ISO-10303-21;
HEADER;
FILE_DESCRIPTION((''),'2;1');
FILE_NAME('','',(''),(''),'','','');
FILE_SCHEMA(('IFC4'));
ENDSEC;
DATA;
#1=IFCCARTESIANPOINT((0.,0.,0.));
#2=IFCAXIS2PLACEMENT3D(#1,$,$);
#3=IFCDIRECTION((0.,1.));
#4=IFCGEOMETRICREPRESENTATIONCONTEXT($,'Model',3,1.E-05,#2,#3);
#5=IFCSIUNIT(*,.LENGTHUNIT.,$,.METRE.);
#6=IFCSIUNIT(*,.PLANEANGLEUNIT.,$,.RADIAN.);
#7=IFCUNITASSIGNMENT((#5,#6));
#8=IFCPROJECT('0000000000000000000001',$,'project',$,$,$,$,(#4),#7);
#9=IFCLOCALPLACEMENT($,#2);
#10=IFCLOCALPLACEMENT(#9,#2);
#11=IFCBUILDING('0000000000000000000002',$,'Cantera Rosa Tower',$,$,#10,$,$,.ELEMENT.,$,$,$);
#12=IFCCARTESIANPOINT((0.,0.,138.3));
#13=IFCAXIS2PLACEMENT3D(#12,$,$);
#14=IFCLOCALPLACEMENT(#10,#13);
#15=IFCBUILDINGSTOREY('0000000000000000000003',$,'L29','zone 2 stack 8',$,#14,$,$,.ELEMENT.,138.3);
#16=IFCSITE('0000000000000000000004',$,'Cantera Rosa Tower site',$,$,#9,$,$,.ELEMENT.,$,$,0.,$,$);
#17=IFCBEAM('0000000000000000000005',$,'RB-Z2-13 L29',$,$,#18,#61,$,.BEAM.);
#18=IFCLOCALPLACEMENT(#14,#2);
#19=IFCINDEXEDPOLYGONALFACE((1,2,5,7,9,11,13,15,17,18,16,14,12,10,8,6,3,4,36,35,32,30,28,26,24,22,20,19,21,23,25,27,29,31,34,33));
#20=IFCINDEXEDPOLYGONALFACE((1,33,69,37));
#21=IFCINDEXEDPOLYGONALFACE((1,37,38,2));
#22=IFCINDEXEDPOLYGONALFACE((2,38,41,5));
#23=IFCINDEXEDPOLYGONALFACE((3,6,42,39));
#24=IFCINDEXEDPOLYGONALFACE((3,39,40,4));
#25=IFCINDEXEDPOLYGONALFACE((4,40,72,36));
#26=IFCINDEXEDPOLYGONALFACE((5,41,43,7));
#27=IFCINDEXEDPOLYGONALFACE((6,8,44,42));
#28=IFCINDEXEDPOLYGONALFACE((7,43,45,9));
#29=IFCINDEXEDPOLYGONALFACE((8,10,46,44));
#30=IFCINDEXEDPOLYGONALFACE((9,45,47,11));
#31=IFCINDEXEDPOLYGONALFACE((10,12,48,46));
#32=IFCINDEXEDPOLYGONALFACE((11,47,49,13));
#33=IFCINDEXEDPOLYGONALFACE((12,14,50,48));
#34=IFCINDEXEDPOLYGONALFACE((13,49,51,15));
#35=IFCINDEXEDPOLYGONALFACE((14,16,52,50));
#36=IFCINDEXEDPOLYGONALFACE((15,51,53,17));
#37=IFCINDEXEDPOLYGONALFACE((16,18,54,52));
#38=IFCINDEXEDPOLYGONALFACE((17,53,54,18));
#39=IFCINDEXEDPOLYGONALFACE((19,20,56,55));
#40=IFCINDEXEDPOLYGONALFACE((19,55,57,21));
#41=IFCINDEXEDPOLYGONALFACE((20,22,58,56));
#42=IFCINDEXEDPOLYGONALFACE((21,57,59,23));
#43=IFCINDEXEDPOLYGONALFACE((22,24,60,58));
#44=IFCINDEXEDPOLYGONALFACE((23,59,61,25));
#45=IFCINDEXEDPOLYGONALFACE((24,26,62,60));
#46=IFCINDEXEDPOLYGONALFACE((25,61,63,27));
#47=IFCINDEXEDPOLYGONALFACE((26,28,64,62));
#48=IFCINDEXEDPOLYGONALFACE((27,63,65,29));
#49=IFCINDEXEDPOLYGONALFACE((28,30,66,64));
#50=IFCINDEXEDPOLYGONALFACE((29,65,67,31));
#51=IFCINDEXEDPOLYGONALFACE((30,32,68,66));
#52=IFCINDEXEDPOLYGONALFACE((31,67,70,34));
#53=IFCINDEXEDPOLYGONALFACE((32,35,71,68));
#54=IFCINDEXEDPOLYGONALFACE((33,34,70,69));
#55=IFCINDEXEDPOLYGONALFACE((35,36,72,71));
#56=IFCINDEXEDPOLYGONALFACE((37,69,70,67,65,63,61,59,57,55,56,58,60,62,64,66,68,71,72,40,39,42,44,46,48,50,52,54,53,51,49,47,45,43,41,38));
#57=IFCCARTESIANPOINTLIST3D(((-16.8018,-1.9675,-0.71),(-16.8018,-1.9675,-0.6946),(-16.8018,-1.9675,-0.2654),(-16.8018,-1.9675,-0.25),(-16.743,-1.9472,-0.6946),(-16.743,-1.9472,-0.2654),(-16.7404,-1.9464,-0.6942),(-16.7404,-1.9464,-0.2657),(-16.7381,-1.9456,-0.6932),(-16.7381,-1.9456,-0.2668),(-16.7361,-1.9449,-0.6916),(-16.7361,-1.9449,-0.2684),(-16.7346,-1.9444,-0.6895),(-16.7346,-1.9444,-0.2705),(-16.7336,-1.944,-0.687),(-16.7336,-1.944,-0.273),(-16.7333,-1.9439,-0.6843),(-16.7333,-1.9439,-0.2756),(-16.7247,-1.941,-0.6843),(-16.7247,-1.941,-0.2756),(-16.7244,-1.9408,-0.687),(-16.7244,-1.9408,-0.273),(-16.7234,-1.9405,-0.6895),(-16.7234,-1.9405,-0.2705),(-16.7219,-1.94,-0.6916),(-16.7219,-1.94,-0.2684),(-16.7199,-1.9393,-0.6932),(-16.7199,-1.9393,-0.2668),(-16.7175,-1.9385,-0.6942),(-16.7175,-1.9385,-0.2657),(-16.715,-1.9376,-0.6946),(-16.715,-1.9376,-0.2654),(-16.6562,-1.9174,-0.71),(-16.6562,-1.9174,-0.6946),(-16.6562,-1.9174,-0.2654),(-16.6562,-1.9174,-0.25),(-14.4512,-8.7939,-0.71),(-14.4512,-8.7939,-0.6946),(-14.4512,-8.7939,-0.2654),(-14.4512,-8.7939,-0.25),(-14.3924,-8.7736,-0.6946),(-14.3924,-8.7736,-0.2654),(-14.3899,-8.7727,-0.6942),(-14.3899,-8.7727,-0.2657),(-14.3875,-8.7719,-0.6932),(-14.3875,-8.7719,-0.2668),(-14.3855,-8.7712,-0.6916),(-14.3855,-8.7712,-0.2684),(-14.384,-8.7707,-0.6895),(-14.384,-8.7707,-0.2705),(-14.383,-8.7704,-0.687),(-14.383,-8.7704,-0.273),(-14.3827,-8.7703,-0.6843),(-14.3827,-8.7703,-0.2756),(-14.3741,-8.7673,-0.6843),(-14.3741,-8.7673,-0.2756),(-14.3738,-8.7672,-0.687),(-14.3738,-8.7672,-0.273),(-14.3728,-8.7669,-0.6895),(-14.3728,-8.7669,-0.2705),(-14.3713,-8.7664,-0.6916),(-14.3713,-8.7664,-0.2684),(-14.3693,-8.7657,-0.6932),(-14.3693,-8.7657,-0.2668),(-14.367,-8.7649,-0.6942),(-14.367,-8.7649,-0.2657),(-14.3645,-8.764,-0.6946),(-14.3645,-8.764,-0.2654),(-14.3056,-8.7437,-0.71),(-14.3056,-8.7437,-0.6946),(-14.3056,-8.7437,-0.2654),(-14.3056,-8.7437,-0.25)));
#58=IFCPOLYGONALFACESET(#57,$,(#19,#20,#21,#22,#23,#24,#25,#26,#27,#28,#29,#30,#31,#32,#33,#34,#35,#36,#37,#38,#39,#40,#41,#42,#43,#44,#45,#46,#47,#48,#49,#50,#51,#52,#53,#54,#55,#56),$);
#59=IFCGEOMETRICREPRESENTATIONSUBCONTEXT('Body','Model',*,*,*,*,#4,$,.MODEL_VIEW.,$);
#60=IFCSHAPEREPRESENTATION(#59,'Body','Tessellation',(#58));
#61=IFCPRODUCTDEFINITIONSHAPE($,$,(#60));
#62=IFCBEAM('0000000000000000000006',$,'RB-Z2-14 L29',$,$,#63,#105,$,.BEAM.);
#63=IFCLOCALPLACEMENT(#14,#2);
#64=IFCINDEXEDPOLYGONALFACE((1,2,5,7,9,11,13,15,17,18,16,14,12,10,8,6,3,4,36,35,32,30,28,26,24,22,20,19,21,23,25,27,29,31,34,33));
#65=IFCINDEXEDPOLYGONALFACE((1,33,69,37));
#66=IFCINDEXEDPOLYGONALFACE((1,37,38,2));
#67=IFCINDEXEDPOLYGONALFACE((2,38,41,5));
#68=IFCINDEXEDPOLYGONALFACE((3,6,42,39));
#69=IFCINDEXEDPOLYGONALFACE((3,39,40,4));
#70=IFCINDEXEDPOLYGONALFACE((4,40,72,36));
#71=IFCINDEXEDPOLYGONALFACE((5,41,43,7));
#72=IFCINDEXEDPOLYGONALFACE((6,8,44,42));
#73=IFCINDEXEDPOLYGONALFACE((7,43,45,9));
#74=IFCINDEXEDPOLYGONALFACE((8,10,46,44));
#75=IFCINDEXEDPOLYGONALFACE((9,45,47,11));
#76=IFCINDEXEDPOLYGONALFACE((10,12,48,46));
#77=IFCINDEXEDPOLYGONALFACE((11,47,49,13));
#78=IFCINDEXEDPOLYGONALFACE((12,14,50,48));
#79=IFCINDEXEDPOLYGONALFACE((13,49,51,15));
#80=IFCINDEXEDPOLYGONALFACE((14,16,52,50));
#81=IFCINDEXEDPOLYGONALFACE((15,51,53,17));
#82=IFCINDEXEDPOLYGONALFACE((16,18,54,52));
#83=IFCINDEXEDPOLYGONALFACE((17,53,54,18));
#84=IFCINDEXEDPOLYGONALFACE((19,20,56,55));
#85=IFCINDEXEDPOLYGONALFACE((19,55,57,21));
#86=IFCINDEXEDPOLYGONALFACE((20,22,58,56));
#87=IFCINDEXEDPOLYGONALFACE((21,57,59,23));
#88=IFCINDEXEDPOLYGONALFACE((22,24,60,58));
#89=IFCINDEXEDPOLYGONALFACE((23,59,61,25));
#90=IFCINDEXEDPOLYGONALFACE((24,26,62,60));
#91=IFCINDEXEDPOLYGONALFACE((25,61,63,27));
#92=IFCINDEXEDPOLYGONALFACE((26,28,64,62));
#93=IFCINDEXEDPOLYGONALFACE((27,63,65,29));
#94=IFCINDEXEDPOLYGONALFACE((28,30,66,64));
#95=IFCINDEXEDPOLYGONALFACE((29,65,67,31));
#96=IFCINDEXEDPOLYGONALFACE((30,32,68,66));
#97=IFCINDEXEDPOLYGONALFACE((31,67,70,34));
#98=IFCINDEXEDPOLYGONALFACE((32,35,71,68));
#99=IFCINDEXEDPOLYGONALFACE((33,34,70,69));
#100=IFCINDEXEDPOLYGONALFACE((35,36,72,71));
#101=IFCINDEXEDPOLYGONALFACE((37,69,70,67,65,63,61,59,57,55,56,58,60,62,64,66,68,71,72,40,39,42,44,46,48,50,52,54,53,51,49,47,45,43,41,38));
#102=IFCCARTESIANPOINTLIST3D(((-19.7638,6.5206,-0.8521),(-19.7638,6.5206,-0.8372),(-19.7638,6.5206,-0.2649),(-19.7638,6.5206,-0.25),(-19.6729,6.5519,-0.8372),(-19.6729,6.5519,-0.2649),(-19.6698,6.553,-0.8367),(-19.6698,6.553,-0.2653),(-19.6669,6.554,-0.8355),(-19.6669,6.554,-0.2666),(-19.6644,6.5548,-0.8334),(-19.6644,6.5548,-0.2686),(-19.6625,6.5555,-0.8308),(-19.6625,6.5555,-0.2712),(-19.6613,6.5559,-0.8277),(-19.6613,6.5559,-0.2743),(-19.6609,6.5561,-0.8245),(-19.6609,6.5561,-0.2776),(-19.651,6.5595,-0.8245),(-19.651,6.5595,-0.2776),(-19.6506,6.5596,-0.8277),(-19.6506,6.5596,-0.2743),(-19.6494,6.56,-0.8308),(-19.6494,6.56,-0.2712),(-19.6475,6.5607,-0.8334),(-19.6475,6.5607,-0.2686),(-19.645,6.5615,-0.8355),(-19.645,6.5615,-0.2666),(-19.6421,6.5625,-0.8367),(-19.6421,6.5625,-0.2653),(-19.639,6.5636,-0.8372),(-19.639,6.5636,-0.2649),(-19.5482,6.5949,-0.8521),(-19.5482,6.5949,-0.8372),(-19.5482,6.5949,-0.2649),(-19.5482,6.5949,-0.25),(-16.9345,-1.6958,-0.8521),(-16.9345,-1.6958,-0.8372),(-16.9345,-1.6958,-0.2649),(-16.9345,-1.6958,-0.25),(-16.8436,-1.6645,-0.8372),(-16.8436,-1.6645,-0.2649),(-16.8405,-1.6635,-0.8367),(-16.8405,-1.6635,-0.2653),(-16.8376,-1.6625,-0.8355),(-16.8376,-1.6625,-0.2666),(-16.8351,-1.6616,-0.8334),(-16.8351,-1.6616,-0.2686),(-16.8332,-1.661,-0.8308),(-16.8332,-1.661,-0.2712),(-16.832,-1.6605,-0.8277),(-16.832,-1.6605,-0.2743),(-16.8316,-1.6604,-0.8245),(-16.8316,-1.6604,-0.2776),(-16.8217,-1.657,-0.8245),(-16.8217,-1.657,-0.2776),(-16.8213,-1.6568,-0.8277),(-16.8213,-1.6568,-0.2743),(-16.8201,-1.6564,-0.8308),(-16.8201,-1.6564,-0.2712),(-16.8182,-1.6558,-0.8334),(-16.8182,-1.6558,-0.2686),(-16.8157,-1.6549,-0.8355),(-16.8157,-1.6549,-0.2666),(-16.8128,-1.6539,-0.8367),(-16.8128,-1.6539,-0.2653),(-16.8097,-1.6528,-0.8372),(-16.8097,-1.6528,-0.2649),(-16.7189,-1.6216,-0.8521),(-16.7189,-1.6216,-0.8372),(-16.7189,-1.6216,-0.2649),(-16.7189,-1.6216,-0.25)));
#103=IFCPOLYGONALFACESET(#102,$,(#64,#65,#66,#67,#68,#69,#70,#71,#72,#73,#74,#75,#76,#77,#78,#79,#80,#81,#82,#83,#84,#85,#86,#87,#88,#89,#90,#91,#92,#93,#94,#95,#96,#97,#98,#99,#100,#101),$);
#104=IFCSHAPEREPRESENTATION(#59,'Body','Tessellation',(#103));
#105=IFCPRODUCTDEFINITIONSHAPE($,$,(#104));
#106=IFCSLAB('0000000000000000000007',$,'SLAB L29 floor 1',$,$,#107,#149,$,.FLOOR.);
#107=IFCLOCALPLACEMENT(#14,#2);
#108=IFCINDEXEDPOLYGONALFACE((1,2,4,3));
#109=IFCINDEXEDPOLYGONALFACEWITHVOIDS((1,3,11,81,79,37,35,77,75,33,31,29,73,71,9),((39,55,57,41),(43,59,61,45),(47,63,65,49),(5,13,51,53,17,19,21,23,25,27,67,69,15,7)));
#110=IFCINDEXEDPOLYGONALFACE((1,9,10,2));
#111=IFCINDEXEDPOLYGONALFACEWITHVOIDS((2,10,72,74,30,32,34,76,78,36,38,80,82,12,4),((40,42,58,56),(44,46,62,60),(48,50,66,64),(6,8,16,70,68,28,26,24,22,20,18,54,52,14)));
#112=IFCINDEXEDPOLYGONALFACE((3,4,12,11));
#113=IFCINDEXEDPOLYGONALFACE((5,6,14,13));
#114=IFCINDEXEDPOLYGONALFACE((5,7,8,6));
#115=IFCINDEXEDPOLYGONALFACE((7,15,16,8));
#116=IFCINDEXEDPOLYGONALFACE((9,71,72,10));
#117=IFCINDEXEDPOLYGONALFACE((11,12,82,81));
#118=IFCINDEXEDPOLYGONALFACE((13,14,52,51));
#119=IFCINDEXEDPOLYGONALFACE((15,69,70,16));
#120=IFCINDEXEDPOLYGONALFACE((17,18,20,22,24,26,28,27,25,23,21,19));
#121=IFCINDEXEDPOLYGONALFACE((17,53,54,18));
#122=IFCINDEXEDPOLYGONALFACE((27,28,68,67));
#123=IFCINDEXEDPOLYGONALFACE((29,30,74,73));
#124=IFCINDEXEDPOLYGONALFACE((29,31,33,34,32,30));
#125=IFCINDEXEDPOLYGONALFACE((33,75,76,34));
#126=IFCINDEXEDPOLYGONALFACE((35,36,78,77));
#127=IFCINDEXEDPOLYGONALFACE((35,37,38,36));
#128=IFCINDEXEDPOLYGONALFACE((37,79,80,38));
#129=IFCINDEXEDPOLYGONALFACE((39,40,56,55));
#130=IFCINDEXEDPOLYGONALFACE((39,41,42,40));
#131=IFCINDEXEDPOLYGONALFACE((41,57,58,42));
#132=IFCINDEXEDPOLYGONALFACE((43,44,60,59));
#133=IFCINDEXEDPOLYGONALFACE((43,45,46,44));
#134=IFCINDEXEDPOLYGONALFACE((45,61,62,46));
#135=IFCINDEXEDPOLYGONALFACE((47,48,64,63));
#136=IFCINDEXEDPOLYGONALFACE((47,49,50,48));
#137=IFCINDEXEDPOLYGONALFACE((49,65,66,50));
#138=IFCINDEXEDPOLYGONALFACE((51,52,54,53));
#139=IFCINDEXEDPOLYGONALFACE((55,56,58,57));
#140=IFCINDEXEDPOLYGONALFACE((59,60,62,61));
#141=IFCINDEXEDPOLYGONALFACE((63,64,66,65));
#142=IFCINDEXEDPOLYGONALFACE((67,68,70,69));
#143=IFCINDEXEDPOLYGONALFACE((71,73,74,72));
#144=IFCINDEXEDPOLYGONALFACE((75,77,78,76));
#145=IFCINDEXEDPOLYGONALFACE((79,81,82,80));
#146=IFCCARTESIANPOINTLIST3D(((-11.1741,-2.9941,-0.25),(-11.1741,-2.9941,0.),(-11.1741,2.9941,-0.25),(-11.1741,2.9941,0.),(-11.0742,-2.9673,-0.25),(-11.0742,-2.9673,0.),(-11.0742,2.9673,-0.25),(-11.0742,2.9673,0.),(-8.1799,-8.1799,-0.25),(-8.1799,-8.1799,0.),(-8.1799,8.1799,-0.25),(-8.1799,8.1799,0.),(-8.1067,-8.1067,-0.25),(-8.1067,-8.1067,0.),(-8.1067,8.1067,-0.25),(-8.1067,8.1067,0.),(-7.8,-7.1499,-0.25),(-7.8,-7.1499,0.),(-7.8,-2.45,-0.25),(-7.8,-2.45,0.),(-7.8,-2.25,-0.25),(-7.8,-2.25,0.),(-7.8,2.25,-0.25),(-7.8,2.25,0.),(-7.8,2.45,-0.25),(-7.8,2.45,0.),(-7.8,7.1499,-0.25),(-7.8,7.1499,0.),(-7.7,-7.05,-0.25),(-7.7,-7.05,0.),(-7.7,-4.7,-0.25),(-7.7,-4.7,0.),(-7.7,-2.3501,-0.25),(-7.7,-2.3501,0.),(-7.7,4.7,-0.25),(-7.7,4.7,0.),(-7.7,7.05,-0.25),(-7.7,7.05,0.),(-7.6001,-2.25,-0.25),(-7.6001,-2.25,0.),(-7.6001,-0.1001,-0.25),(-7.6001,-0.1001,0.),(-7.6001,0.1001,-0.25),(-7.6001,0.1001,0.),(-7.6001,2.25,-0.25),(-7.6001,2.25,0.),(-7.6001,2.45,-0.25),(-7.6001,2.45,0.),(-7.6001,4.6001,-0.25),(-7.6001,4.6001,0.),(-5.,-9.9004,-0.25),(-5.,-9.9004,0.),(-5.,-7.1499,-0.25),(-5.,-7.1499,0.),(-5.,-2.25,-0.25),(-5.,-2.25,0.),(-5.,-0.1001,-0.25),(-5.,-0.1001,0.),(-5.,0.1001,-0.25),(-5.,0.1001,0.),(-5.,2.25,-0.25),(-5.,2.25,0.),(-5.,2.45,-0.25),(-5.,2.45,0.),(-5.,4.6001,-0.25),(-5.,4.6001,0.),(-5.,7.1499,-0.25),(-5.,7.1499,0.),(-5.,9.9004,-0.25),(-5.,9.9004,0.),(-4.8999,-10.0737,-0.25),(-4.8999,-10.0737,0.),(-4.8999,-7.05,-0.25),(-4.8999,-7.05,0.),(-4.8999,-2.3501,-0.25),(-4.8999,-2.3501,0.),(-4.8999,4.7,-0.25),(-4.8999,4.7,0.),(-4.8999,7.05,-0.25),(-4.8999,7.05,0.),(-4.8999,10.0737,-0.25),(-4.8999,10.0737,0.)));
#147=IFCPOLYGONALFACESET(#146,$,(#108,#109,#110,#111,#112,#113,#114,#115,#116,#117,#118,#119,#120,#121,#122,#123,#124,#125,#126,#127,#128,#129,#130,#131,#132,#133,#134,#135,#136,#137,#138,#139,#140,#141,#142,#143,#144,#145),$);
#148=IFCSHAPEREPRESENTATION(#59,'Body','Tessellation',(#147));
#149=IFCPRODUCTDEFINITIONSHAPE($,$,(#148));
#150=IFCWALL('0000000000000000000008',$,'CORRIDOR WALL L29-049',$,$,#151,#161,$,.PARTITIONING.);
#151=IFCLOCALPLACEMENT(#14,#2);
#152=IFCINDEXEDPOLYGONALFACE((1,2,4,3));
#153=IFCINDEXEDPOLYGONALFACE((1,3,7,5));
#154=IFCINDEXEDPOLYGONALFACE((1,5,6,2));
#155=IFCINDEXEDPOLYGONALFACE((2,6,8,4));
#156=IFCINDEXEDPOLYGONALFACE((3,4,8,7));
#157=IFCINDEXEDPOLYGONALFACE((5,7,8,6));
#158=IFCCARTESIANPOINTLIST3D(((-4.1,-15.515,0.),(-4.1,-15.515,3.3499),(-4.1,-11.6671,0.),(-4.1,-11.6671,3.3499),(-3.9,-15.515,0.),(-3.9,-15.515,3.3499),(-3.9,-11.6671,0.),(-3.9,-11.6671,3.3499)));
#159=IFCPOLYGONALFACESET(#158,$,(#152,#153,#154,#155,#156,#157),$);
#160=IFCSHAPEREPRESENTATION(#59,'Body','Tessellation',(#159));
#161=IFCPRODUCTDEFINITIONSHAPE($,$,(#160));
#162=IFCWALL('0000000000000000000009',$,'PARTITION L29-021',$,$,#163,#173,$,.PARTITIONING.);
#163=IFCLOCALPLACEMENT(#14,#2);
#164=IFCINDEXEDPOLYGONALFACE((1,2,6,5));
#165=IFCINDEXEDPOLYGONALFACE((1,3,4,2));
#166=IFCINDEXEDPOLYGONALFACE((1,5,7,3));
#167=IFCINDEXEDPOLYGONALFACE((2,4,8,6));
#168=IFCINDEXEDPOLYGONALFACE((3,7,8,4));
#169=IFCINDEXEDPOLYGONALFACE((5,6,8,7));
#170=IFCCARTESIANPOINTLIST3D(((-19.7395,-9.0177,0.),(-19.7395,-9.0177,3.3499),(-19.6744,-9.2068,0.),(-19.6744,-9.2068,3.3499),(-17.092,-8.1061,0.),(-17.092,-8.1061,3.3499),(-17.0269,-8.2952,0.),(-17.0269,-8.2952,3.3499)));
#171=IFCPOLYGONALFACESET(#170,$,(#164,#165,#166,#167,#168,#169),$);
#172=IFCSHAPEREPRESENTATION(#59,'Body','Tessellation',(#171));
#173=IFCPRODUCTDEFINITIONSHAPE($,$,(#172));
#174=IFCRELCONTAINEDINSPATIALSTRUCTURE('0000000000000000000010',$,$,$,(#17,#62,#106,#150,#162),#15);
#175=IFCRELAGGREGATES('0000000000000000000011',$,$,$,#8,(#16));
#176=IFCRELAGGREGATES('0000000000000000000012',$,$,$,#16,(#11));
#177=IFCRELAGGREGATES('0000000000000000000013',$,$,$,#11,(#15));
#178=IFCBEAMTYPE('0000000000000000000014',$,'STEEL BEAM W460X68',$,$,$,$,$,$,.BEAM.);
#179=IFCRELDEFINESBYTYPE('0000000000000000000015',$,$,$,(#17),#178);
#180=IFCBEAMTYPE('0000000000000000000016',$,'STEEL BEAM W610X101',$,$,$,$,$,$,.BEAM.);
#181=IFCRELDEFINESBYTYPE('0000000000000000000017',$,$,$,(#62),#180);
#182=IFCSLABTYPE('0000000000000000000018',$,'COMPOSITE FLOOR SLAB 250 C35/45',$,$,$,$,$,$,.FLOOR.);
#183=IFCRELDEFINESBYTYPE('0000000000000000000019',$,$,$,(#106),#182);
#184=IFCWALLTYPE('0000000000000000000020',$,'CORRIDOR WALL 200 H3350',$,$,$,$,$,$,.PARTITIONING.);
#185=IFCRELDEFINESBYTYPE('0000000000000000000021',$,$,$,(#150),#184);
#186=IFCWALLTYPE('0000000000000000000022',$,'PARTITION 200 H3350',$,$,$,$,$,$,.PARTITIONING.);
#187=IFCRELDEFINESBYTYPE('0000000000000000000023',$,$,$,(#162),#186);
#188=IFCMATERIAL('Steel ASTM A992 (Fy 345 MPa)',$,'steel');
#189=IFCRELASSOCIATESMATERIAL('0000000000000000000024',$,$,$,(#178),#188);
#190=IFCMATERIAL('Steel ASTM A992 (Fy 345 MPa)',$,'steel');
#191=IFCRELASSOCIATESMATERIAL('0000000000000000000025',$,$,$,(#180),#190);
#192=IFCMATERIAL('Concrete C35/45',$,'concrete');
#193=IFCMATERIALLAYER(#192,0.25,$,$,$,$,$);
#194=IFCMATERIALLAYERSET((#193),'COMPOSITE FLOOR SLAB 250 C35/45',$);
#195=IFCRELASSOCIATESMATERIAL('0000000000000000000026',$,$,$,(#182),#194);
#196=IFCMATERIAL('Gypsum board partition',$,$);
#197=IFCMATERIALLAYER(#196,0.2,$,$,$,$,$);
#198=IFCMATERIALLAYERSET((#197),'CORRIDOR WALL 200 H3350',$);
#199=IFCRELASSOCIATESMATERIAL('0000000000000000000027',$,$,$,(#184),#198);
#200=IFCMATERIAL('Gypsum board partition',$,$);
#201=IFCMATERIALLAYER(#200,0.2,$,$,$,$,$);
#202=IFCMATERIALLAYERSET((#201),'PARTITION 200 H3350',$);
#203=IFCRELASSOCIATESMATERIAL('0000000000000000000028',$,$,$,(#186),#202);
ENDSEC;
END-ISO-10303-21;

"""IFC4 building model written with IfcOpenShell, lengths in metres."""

from ifc_helpers import new_model, si_unit, direction, frame, frame_2d, origin, origin_2d, place, context, subcontext, project, spatial, polyline, rectangle, i_section, outline, extrude, material, layer, layer_set, material_profile, profile_set, type_object, element, save


model = new_model("IFC4")

# Units and contexts
model_context = context("Model", 3, precision=1e-05, world=origin(), true_north=direction((0.0, 1.0)))
body_context = subcontext(model_context, "Body", "Model", "MODEL_VIEW")
ifc_project = project(units=[si_unit("LENGTHUNIT", "METRE"), si_unit("PLANEANGLEUNIT", "RADIAN")], contexts=[model_context])

# Site, building, storey
site_placement = place(None, origin())
site = spatial("IfcSite", under=ifc_project, at=site_placement, Name="Cantera Rosa Tower site", CompositionType="ELEMENT", RefElevation=0.0)
building_placement = place(site_placement, origin())
building = spatial("IfcBuilding", under=site, at=building_placement, Name="Cantera Rosa Tower", CompositionType="ELEMENT")
storey_placement = place(building_placement, frame((0.0, 0.0, 138.3)))
storey = spatial("IfcBuildingStorey", under=building, at=storey_placement, Name="L29", Description="zone 2 stack 8", CompositionType="ELEMENT", Elevation=138.3)

# Beams
ifc_material_1 = material(Name="Steel ASTM A992 (Fy 345 MPa)", Category="steel")
ifc_material_profile_1 = material_profile(ifc_material_1, i_section(OverallWidth=0.1541, OverallDepth=0.46, WebThickness=0.009, FlangeThickness=0.0154, FilletRadius=0.0103, at=origin_2d()), Name="W460X68")
ifc_profile_set_1 = profile_set([ifc_material_profile_1], Name="Steel ASTM A992 (Fy 345 MPa)")
beam_type_1 = type_object("IfcBeamType", Name="STEEL BEAM W460X68", PredefinedType="BEAM", material=ifc_profile_set_1)
beam_1_placement = place(storey_placement, frame((-14.3784, -8.7688, -0.48), z_axis=(-0.325576, 0.945516, 0.0), x_axis=(-0.945516, -0.325576, 0.0)))
element("IfcBeam", 1, at=beam_1_placement, inside=storey, type_object=beam_type_1, Name="RB-Z2-13 L29", PredefinedType="BEAM", context=body_context, shape_type="SweptSolid", body=[
    extrude(i_section(OverallWidth=0.1541, OverallDepth=0.46, WebThickness=0.009, FlangeThickness=0.0154, FilletRadius=0.0103, at=origin_2d()), origin(), (0.0, 0.0, 1.0), 7.2197),
])
ifc_material_2 = material(Name="Steel ASTM A992 (Fy 345 MPa)", Category="steel")
ifc_material_profile_2 = material_profile(ifc_material_2, i_section(OverallWidth=0.228, OverallDepth=0.6021, WebThickness=0.0105, FlangeThickness=0.0149, FilletRadius=0.0127, at=origin_2d()), Name="W610X101")
ifc_profile_set_2 = profile_set([ifc_material_profile_2], Name="Steel ASTM A992 (Fy 345 MPa)")
beam_type_2 = type_object("IfcBeamType", Name="STEEL BEAM W610X101", PredefinedType="BEAM", material=ifc_profile_set_2)
beam_2_placement = place(storey_placement, frame((-16.8267, -1.6587, -0.551), z_axis=(-0.325585, 0.945513, 0.0), x_axis=(-0.945513, -0.325585, 0.0)))
element("IfcBeam", 2, at=beam_2_placement, inside=storey, type_object=beam_type_2, Name="RB-Z2-14 L29", PredefinedType="BEAM", context=body_context, shape_type="SweptSolid", body=[
    extrude(i_section(OverallWidth=0.228, OverallDepth=0.6021, WebThickness=0.0105, FlangeThickness=0.0149, FilletRadius=0.0127, at=origin_2d()), origin(), (0.0, 0.0, 1.0), 8.6899),
])

# Slab
ifc_material_3 = material(Name="Concrete C35/45", Category="concrete")
ifc_layer_1 = layer(ifc_material_3, 0.25)
ifc_layer_set_1 = layer_set([ifc_layer_1], Name="COMPOSITE FLOOR SLAB 250 C35/45")
slab_type = type_object("IfcSlabType", Name="COMPOSITE FLOOR SLAB 250 C35/45", PredefinedType="FLOOR", material=ifc_layer_set_1)
slab_placement = place(storey_placement, frame((0.0, 0.0, -0.25)))
element("IfcSlab", 3, at=slab_placement, inside=storey, type_object=slab_type, Name="SLAB L29 floor 1", PredefinedType="FLOOR", context=body_context, shape_type="SweptSolid", body=[
    extrude(outline(polyline([(-7.7, -7.05), (-4.8999, -7.05), (-4.8999, -10.0737), (-8.1799, -8.1799), (-11.1741, -2.9941), (-11.1741, 2.9941), (-8.1799, 8.1799), (-4.8999, 10.0737), (-4.8999, 7.05), (-7.7, 7.05), (-7.7, 4.7), (-4.8999, 4.7), (-4.8999, -2.3501), (-7.7, -2.3501), (-7.7, -4.7), (-7.7, -7.05)]), holes=[polyline([(-7.6001, -2.25), (-5.0, -2.25), (-5.0, -0.1001), (-7.6001, -0.1001), (-7.6001, -2.25)]), polyline([(-7.8, 7.1499), (-5.0, 7.1499), (-5.0, 9.9004), (-8.1067, 8.1067), (-11.0742, 2.9673), (-11.0742, -2.9673), (-8.1067, -8.1067), (-5.0, -9.9004), (-5.0, -7.1499), (-7.8, -7.1499), (-7.8, -2.45), (-7.8, -2.25), (-7.8, 2.25), (-7.8, 2.45), (-7.8, 7.1499)]), polyline([(-7.6001, 0.1001), (-5.0, 0.1001), (-5.0, 2.25), (-7.6001, 2.25), (-7.6001, 0.1001)]), polyline([(-7.6001, 2.45), (-5.0, 2.45), (-5.0, 4.6001), (-7.6001, 4.6001), (-7.6001, 2.45)])]), origin(), (0.0, 0.0, 1.0), 0.25),
])

# Walls
ifc_material_4 = material(Name="Gypsum board partition")
ifc_layer_2 = layer(ifc_material_4, 0.2)
ifc_layer_set_2 = layer_set([ifc_layer_2], Name="CORRIDOR WALL 200 H3350")
wall_type_1 = type_object("IfcWallType", Name="CORRIDOR WALL 200 H3350", PredefinedType="PARTITIONING", material=ifc_layer_set_2)
wall_1_placement = place(storey_placement, frame((-4.0, -11.6672, 0.0), z_axis=(0.0, 0.0, 1.0), x_axis=(0.0, -1.0, 0.0)))
element("IfcWall", 4, at=wall_1_placement, inside=storey, type_object=wall_type_1, Name="CORRIDOR WALL L29-049", PredefinedType="PARTITIONING", context=body_context, shape_type="SweptSolid", body=[
    extrude(rectangle(XDim=3.8479, YDim=0.2, at=frame_2d((1.9238, 0.0))), origin(), (0.0, 0.0, 1.0), 3.3499),
])
ifc_material_5 = material(Name="Gypsum board partition")
ifc_layer_3 = layer(ifc_material_5, 0.2)
ifc_layer_set_3 = layer_set([ifc_layer_3], Name="PARTITION 200 H3350")
wall_type_2 = type_object("IfcWallType", Name="PARTITION 200 H3350", PredefinedType="PARTITIONING", material=ifc_layer_set_3)
wall_2_placement = place(storey_placement, frame((-17.0596, -8.2007, 0.0), z_axis=(0.0, 0.0, 1.0), x_axis=(-0.945516, -0.325577, 0.0)))
element("IfcWall", 5, at=wall_2_placement, inside=storey, type_object=wall_type_2, Name="PARTITION L29-021", PredefinedType="PARTITIONING", context=body_context, shape_type="SweptSolid", body=[
    extrude(rectangle(XDim=2.8, YDim=0.2, at=frame_2d((1.3999, 0.0))), origin(), (0.0, 0.0, 1.0), 3.3499),
])

save(model, "model.ifc")
